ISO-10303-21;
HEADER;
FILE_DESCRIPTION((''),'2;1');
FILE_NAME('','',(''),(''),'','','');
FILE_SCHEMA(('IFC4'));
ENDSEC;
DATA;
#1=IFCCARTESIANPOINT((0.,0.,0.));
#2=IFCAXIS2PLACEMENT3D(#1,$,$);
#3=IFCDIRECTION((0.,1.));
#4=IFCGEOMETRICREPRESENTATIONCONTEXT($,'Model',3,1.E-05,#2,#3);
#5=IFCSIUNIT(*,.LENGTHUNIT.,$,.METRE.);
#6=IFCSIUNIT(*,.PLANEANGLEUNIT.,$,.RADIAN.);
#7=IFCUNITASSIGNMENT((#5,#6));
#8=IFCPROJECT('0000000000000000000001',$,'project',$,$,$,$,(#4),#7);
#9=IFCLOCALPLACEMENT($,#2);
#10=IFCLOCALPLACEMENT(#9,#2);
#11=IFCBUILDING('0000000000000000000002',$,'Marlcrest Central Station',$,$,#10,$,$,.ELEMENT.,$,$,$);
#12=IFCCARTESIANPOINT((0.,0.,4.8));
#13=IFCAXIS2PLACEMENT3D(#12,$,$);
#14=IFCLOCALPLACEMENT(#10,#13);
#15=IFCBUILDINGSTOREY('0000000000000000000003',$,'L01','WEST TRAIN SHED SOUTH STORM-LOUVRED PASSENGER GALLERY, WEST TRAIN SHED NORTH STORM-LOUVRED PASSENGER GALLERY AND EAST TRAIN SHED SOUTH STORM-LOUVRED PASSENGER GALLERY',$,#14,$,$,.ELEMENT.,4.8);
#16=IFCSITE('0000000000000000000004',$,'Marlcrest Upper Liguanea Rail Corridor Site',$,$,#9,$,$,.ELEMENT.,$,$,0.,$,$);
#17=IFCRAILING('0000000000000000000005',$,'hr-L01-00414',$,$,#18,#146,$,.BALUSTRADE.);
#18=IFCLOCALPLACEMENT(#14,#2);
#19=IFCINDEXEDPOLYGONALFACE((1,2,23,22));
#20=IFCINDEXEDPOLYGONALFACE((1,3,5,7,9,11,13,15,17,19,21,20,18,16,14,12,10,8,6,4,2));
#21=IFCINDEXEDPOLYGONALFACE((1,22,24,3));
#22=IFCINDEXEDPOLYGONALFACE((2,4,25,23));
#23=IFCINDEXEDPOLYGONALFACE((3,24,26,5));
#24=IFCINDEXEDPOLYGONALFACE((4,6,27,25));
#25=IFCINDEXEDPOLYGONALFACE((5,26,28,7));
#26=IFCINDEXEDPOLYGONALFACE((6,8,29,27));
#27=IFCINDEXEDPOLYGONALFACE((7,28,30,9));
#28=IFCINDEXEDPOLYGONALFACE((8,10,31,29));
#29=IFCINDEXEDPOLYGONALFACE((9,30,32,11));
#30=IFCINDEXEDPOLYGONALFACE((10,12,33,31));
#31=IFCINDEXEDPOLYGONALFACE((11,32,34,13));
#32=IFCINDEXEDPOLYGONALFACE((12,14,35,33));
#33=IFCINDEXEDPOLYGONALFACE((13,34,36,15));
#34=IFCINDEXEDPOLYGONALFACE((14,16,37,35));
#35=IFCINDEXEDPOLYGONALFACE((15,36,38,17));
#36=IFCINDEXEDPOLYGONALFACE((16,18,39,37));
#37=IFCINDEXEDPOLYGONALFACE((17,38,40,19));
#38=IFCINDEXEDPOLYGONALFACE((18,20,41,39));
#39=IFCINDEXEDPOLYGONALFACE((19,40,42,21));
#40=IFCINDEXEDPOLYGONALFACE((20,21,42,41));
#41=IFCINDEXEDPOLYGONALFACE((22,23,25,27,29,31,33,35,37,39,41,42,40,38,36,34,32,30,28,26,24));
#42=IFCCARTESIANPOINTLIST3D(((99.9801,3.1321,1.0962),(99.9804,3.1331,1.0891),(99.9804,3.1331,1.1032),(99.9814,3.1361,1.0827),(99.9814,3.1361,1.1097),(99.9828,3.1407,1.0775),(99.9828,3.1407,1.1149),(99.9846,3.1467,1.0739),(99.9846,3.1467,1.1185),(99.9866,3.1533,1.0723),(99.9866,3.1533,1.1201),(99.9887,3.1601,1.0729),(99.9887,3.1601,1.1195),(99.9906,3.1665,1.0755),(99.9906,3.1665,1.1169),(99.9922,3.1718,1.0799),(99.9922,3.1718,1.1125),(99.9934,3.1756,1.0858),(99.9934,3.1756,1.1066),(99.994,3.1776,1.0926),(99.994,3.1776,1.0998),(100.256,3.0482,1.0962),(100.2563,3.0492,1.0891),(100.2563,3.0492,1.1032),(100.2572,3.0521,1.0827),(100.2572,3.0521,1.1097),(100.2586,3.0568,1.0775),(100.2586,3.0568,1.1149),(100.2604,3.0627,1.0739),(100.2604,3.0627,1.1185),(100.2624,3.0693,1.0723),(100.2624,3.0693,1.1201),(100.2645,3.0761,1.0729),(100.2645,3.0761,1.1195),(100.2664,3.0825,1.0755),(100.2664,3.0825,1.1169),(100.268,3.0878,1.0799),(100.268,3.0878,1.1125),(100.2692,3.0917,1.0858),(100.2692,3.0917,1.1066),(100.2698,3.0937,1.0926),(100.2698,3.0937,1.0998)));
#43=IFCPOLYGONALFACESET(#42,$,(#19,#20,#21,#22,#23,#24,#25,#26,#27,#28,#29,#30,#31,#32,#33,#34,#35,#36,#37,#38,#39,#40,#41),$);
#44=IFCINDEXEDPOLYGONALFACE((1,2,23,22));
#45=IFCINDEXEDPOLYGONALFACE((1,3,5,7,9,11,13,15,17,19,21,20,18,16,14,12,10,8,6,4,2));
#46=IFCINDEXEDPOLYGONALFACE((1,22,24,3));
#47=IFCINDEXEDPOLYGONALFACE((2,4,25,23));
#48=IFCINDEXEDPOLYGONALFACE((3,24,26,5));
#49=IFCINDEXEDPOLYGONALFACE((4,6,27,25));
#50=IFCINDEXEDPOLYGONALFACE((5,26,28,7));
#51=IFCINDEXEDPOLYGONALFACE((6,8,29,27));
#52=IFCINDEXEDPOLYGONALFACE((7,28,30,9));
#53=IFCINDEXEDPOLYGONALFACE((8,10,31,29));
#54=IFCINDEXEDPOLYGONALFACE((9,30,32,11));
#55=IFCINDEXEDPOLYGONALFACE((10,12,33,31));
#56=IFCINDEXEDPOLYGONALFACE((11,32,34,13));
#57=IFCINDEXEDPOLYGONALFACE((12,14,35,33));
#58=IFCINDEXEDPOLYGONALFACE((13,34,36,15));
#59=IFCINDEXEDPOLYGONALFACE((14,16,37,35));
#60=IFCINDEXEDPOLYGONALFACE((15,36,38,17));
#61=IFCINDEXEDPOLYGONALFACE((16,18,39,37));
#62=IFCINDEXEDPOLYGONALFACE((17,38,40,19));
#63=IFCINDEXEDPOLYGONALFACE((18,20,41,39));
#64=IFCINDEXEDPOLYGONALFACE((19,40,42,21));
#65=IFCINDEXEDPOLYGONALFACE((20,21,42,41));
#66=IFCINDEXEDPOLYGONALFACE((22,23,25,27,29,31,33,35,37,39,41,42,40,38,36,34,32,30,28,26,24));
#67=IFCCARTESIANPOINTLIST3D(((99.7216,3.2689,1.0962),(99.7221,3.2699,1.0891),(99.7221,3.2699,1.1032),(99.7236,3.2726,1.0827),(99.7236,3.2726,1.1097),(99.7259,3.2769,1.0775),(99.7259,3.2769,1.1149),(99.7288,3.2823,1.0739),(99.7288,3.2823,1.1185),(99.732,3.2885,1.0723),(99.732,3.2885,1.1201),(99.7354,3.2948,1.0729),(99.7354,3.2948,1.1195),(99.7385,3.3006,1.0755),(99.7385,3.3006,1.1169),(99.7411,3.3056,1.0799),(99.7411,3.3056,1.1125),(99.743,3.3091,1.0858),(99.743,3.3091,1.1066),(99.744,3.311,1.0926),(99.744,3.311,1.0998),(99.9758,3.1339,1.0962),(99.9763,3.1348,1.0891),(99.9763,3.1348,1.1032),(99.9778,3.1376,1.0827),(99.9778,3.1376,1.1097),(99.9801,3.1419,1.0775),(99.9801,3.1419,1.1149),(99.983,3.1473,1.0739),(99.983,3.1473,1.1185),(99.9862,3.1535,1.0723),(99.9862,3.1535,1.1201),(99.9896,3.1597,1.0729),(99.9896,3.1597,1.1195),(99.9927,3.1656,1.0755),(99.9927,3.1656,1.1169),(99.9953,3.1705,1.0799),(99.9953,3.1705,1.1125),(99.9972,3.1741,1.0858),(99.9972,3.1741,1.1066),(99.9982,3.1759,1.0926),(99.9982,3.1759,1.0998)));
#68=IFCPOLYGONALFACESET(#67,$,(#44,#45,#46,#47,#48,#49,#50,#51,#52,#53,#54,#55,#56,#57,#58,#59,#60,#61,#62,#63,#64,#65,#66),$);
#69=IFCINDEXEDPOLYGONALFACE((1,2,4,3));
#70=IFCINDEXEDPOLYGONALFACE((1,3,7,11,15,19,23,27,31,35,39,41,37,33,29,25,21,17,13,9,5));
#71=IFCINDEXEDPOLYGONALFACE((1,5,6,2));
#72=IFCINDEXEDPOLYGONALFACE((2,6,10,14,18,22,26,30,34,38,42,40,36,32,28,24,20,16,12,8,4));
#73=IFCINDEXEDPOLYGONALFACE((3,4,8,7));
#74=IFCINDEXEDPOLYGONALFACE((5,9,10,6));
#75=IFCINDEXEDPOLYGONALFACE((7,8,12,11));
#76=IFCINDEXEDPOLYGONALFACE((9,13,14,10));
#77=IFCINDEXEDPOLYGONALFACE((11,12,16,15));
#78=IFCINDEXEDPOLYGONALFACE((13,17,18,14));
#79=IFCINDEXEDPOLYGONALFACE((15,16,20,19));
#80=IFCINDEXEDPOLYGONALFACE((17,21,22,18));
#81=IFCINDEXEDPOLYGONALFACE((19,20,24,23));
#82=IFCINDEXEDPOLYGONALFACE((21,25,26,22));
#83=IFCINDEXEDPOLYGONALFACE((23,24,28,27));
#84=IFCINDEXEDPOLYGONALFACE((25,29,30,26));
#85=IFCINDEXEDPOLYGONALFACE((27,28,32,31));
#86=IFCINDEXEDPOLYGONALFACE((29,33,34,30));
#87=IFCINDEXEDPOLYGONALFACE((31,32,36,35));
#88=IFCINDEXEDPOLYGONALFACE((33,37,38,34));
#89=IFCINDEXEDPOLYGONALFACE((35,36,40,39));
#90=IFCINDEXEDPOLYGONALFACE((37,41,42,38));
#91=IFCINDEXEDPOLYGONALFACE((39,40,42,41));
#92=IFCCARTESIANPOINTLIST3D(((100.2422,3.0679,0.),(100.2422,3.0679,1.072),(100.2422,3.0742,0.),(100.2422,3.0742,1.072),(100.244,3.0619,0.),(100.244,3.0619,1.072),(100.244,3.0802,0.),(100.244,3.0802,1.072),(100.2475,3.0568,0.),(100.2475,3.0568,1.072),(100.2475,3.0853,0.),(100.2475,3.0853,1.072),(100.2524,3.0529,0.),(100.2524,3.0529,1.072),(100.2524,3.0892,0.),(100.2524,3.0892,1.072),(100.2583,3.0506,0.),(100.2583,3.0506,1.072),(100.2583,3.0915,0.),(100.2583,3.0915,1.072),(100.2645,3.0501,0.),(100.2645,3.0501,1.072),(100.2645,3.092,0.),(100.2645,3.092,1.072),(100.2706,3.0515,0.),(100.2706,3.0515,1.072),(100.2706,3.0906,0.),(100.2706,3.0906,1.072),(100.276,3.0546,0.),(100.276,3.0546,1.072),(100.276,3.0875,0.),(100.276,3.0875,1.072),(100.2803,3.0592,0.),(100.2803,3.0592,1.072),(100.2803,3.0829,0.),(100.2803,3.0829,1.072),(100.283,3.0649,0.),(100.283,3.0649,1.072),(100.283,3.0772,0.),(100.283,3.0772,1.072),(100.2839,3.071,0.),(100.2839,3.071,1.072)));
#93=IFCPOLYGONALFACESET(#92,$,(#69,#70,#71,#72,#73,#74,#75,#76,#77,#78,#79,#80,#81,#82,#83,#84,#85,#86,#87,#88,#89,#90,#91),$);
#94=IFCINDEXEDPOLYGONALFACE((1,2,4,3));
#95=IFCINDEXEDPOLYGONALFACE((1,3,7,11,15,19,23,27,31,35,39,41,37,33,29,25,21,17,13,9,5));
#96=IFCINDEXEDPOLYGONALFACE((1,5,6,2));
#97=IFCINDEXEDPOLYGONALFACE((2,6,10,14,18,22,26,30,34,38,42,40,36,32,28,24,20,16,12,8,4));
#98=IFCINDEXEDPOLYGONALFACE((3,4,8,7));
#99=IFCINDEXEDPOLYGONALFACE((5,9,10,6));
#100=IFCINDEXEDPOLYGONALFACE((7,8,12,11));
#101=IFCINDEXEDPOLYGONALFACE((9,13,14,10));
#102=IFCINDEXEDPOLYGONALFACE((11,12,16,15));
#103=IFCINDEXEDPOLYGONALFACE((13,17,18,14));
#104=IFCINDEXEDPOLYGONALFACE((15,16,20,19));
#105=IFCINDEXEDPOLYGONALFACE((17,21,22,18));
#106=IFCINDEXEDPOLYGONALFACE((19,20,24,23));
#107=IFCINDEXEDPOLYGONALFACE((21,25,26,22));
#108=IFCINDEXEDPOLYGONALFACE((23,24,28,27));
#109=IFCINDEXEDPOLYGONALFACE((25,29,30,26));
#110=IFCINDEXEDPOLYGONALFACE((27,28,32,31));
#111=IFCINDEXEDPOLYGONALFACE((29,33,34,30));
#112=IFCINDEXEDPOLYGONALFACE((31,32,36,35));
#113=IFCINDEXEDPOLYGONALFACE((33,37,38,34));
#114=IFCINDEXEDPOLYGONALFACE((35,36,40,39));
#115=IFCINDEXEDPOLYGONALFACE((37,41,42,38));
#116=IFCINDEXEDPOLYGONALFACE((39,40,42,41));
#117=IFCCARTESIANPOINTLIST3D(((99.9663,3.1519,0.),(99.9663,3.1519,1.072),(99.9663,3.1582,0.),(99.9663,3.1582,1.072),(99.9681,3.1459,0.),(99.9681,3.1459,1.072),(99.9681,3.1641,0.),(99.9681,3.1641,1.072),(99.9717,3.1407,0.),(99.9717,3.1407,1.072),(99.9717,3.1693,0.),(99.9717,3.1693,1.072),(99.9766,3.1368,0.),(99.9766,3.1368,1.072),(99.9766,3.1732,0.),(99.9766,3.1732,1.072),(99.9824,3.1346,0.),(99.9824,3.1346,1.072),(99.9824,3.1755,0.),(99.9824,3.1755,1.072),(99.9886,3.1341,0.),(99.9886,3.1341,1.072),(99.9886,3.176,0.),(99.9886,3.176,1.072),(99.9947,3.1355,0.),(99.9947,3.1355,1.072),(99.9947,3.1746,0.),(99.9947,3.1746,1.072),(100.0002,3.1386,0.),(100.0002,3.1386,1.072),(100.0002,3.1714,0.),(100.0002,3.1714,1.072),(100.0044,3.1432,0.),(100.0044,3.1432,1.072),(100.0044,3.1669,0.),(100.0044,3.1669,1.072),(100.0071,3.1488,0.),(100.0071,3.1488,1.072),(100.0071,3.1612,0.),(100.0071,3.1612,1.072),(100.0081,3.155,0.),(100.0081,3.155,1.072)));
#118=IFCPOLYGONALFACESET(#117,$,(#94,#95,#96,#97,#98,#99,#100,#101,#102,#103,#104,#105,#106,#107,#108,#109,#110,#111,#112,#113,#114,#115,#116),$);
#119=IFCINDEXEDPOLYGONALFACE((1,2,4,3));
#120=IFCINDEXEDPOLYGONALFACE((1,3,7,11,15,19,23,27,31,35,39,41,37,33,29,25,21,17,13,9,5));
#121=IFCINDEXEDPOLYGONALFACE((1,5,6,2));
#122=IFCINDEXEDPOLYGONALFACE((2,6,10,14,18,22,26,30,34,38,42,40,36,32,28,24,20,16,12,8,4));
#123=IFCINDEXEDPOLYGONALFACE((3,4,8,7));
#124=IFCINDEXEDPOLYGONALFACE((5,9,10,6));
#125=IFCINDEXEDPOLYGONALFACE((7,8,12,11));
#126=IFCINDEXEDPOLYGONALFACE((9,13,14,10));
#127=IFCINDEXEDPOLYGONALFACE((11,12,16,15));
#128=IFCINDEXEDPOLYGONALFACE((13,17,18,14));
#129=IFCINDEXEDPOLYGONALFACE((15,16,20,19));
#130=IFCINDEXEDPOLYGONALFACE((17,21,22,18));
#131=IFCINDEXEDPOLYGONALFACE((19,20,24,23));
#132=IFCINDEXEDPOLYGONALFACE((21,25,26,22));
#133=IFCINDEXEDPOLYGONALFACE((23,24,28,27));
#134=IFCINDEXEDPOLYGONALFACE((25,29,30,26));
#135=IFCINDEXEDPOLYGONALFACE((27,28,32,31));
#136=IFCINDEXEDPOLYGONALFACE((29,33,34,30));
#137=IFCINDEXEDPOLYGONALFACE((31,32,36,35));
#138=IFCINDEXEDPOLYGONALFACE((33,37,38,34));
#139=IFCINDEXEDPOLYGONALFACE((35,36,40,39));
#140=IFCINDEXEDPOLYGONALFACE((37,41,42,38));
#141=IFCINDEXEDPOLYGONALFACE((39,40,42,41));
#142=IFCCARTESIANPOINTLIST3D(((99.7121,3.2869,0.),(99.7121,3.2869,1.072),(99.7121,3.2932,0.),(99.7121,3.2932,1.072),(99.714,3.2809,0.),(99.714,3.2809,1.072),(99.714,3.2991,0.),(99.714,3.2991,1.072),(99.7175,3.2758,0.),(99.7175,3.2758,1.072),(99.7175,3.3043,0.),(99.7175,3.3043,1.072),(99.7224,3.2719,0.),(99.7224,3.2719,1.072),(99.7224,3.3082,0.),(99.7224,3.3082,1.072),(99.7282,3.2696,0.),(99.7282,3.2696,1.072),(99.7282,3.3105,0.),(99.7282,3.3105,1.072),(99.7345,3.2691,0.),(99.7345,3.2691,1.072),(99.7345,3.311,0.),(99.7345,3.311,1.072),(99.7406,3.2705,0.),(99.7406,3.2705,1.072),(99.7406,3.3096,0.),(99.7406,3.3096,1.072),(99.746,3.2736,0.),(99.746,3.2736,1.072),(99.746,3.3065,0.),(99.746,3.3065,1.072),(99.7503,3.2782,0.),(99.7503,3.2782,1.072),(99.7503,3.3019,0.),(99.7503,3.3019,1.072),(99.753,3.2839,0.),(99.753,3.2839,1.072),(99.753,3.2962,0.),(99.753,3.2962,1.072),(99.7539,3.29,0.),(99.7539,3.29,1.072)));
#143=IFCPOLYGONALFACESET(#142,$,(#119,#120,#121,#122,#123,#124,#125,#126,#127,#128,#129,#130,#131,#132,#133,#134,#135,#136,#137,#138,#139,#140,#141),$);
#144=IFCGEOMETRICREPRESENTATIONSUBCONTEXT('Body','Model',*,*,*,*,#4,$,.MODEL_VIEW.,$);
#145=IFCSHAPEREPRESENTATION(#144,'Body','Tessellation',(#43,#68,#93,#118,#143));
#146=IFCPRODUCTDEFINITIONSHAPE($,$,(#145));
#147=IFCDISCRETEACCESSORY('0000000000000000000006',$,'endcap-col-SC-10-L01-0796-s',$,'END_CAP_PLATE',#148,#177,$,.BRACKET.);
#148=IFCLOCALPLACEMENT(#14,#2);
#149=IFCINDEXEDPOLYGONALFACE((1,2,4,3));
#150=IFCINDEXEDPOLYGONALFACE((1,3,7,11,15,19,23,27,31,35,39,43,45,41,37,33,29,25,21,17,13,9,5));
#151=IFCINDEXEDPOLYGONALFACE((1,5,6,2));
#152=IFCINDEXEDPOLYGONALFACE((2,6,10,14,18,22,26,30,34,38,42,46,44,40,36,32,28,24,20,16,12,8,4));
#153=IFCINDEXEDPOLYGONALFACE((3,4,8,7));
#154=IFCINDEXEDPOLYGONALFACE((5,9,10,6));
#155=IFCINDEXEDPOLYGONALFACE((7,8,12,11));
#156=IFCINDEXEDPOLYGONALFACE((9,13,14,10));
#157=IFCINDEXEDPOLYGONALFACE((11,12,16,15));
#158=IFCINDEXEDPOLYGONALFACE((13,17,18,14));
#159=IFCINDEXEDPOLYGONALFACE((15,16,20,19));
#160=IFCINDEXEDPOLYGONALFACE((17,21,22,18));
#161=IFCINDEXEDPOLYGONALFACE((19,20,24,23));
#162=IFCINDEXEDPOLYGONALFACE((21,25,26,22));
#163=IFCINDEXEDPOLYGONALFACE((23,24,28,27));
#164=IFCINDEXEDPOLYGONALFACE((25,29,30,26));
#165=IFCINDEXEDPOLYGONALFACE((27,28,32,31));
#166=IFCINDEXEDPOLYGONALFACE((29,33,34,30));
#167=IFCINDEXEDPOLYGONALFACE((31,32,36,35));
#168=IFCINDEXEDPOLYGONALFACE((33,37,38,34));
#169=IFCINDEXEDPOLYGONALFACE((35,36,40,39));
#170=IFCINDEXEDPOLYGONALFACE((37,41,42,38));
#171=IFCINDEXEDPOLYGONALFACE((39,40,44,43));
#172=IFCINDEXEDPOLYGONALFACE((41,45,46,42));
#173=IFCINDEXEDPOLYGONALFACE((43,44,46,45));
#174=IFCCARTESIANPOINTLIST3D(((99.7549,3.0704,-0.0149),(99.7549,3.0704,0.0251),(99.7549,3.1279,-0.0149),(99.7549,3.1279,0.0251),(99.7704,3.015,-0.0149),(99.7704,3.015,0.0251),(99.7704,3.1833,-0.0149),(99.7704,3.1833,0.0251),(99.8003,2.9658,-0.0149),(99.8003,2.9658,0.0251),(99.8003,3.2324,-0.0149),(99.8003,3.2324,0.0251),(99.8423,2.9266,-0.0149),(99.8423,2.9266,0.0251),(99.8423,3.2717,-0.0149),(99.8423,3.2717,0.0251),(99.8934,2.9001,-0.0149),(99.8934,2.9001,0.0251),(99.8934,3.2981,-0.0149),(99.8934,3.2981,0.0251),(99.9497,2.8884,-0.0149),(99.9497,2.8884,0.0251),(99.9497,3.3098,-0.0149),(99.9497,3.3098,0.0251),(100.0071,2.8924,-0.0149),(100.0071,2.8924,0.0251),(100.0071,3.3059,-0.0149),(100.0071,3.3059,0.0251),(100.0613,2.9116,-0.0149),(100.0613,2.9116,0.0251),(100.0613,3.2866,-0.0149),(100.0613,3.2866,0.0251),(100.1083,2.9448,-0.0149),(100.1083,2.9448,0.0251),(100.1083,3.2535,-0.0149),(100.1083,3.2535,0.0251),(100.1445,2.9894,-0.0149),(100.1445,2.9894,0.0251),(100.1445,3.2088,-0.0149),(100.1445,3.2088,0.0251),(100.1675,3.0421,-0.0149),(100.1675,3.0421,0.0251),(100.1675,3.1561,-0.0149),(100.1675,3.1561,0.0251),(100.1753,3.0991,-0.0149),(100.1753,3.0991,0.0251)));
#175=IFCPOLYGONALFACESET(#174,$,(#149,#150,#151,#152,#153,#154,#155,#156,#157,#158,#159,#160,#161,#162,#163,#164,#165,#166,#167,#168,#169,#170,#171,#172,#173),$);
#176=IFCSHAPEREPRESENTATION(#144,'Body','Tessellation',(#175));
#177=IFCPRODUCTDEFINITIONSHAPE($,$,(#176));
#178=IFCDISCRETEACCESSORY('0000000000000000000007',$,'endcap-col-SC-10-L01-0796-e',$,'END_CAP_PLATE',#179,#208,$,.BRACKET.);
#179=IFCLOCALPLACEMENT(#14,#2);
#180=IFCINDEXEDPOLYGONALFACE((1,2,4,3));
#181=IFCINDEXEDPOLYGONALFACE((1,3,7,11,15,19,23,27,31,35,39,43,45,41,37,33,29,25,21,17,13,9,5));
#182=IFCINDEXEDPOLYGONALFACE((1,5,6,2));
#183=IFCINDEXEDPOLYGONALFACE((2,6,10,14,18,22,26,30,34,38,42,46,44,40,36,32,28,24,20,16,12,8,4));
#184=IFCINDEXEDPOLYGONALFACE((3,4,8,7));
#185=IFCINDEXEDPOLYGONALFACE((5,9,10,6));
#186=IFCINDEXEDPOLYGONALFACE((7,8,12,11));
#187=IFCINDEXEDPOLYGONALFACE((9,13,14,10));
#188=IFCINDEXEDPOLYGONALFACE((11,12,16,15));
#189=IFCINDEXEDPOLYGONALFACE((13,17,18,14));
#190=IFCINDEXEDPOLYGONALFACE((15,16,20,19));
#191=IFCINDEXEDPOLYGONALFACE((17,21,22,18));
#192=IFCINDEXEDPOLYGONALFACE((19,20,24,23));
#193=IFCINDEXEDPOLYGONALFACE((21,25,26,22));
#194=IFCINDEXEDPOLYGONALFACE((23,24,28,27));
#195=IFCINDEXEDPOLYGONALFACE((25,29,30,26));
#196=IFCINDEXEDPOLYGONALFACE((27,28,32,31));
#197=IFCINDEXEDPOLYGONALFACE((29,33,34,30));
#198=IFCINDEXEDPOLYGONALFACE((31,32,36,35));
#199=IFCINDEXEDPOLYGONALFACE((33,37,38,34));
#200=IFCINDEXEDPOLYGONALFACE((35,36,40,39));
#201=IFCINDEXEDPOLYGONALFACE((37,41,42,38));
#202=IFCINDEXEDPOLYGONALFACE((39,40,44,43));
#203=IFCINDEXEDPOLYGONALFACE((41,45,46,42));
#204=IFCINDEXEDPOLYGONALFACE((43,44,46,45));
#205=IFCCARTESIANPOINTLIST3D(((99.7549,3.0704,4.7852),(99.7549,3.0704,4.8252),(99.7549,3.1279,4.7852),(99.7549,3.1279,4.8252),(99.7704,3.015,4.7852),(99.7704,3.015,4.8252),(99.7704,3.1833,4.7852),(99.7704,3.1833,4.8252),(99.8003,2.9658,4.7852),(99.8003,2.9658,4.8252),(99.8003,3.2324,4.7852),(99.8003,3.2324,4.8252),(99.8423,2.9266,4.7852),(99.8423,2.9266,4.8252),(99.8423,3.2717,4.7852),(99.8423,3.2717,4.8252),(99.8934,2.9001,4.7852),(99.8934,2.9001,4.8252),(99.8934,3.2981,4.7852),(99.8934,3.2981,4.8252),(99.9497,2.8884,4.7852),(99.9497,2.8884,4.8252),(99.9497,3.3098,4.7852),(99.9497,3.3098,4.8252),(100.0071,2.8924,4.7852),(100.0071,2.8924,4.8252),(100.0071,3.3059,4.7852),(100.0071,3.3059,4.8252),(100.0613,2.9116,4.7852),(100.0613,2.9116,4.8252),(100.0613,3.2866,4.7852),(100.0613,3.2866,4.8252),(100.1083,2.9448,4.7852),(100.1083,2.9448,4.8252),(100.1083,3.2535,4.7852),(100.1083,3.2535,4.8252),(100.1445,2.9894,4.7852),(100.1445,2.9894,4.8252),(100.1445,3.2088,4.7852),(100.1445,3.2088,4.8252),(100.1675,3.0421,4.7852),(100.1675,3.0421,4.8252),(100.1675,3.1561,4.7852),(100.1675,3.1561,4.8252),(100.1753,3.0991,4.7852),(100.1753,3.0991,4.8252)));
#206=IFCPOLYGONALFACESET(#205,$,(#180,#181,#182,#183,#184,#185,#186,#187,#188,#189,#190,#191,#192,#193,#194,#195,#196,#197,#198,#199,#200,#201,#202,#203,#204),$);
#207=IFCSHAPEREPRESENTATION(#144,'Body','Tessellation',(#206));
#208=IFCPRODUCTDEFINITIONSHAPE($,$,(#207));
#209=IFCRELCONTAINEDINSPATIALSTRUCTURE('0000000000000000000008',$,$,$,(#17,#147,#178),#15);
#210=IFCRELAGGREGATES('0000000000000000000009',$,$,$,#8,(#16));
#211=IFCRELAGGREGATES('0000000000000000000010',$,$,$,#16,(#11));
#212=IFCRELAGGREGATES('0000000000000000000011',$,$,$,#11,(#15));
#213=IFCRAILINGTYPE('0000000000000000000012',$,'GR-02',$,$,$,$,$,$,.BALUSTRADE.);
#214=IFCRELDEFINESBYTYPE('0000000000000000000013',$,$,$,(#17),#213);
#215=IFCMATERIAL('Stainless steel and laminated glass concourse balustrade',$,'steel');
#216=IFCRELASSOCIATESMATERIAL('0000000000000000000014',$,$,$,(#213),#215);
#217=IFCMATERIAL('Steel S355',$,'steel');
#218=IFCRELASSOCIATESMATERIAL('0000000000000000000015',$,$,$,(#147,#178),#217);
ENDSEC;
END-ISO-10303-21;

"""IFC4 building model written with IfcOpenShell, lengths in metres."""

from ifc_helpers import new_model, si_unit, direction, frame, origin, origin_2d, place, context, subcontext, project, spatial, circle, extrude, material, type_object, element, save


model = new_model("IFC4")

# Units and contexts
model_context = context("Model", 3, precision=1e-05, world=origin(), true_north=direction((0.0, 1.0)))
body_context = subcontext(model_context, "Body", "Model", "MODEL_VIEW")
ifc_project = project(units=[si_unit("LENGTHUNIT", "METRE"), si_unit("PLANEANGLEUNIT", "RADIAN")], contexts=[model_context])

# Site, building, storey
site_placement = place(None, origin())
site = spatial("IfcSite", under=ifc_project, at=site_placement, Name="Marlcrest Upper Liguanea Rail Corridor Site", CompositionType="ELEMENT", RefElevation=0.0)
building_placement = place(site_placement, origin())
building = spatial("IfcBuilding", under=site, at=building_placement, Name="Marlcrest Central Station", CompositionType="ELEMENT")
storey_placement = place(building_placement, frame((0.0, 0.0, 4.8)))
storey = spatial("IfcBuildingStorey", under=building, at=storey_placement, Name="L01", Description="WEST TRAIN SHED SOUTH STORM-LOUVRED PASSENGER GALLERY, WEST TRAIN SHED NORTH STORM-LOUVRED PASSENGER GALLERY AND EAST TRAIN SHED SOUTH STORM-LOUVRED PASSENGER GALLERY", CompositionType="ELEMENT", Elevation=4.8)

# Shared definitions
ifc_material_1 = material(Name="Steel S355", Category="steel")

# Railing
ifc_material_2 = material(Name="Stainless steel and laminated glass concourse balustrade", Category="steel")
railing_type = type_object("IfcRailingType", Name="GR-02", PredefinedType="BALUSTRADE", material=ifc_material_2)
railing_placement = place(storey_placement, frame((100.2629, 3.071, 0.0)))
element("IfcRailing", 1, at=railing_placement, inside=storey, type_object=railing_type, Name="hr-L01-00414", PredefinedType="BALUSTRADE", context=body_context, shape_type="SweptSolid", body=[
    extrude(circle(Radius=0.0239, at=origin_2d()), frame((0.0, 0.0, 1.0962), z_axis=(-0.956653, 0.291229, 0.0), x_axis=(-0.291229, -0.956653, 0.0)), (0.0, 0.0, 1.0), 0.2883),
    extrude(circle(Radius=0.0239, at=origin_2d()), frame((-0.2759, 0.084, 1.0962), z_axis=(-0.883127, 0.469135, 0.0), x_axis=(-0.469135, -0.883127, 0.0)), (0.0, 0.0, 1.0), 0.2878),
    extrude(circle(Radius=0.021, at=origin_2d()), origin(), (0.0, 0.0, 1.0), 1.072),
    extrude(circle(Radius=0.021, at=origin_2d()), frame((-0.2759, 0.084, 0.0)), (0.0, 0.0, 1.0), 1.072),
    extrude(circle(Radius=0.021, at=origin_2d()), frame((-0.53, 0.219, 0.0)), (0.0, 0.0, 1.0), 1.072),
])

# Discrete accessories
for number, where, z_axis, x_axis, name in (
    (2, (99.9641, 3.0991, -0.0149), (0.0, 0.0, 1.0), (1.0, 0.0, 0.0), "endcap-col-SC-10-L01-0796-s"),
    (3, (99.9641, 3.0991, 4.7852), (0.0, 0.0, 1.0), (1.0, 0.0, 0.0), "endcap-col-SC-10-L01-0796-e"),
):
    element("IfcDiscreteAccessory", number, at=place(storey_placement, frame(where, z_axis=z_axis, x_axis=x_axis)), inside=storey, material=ifc_material_1, Name=name, ObjectType="END_CAP_PLATE", PredefinedType="BRACKET", context=body_context, shape_type="SweptSolid", body=[
        extrude(circle(Radius=0.2112, at=origin_2d()), origin(), (0.0, 0.0, 1.0), 0.04),
    ])

save(model, "model.ifc")
